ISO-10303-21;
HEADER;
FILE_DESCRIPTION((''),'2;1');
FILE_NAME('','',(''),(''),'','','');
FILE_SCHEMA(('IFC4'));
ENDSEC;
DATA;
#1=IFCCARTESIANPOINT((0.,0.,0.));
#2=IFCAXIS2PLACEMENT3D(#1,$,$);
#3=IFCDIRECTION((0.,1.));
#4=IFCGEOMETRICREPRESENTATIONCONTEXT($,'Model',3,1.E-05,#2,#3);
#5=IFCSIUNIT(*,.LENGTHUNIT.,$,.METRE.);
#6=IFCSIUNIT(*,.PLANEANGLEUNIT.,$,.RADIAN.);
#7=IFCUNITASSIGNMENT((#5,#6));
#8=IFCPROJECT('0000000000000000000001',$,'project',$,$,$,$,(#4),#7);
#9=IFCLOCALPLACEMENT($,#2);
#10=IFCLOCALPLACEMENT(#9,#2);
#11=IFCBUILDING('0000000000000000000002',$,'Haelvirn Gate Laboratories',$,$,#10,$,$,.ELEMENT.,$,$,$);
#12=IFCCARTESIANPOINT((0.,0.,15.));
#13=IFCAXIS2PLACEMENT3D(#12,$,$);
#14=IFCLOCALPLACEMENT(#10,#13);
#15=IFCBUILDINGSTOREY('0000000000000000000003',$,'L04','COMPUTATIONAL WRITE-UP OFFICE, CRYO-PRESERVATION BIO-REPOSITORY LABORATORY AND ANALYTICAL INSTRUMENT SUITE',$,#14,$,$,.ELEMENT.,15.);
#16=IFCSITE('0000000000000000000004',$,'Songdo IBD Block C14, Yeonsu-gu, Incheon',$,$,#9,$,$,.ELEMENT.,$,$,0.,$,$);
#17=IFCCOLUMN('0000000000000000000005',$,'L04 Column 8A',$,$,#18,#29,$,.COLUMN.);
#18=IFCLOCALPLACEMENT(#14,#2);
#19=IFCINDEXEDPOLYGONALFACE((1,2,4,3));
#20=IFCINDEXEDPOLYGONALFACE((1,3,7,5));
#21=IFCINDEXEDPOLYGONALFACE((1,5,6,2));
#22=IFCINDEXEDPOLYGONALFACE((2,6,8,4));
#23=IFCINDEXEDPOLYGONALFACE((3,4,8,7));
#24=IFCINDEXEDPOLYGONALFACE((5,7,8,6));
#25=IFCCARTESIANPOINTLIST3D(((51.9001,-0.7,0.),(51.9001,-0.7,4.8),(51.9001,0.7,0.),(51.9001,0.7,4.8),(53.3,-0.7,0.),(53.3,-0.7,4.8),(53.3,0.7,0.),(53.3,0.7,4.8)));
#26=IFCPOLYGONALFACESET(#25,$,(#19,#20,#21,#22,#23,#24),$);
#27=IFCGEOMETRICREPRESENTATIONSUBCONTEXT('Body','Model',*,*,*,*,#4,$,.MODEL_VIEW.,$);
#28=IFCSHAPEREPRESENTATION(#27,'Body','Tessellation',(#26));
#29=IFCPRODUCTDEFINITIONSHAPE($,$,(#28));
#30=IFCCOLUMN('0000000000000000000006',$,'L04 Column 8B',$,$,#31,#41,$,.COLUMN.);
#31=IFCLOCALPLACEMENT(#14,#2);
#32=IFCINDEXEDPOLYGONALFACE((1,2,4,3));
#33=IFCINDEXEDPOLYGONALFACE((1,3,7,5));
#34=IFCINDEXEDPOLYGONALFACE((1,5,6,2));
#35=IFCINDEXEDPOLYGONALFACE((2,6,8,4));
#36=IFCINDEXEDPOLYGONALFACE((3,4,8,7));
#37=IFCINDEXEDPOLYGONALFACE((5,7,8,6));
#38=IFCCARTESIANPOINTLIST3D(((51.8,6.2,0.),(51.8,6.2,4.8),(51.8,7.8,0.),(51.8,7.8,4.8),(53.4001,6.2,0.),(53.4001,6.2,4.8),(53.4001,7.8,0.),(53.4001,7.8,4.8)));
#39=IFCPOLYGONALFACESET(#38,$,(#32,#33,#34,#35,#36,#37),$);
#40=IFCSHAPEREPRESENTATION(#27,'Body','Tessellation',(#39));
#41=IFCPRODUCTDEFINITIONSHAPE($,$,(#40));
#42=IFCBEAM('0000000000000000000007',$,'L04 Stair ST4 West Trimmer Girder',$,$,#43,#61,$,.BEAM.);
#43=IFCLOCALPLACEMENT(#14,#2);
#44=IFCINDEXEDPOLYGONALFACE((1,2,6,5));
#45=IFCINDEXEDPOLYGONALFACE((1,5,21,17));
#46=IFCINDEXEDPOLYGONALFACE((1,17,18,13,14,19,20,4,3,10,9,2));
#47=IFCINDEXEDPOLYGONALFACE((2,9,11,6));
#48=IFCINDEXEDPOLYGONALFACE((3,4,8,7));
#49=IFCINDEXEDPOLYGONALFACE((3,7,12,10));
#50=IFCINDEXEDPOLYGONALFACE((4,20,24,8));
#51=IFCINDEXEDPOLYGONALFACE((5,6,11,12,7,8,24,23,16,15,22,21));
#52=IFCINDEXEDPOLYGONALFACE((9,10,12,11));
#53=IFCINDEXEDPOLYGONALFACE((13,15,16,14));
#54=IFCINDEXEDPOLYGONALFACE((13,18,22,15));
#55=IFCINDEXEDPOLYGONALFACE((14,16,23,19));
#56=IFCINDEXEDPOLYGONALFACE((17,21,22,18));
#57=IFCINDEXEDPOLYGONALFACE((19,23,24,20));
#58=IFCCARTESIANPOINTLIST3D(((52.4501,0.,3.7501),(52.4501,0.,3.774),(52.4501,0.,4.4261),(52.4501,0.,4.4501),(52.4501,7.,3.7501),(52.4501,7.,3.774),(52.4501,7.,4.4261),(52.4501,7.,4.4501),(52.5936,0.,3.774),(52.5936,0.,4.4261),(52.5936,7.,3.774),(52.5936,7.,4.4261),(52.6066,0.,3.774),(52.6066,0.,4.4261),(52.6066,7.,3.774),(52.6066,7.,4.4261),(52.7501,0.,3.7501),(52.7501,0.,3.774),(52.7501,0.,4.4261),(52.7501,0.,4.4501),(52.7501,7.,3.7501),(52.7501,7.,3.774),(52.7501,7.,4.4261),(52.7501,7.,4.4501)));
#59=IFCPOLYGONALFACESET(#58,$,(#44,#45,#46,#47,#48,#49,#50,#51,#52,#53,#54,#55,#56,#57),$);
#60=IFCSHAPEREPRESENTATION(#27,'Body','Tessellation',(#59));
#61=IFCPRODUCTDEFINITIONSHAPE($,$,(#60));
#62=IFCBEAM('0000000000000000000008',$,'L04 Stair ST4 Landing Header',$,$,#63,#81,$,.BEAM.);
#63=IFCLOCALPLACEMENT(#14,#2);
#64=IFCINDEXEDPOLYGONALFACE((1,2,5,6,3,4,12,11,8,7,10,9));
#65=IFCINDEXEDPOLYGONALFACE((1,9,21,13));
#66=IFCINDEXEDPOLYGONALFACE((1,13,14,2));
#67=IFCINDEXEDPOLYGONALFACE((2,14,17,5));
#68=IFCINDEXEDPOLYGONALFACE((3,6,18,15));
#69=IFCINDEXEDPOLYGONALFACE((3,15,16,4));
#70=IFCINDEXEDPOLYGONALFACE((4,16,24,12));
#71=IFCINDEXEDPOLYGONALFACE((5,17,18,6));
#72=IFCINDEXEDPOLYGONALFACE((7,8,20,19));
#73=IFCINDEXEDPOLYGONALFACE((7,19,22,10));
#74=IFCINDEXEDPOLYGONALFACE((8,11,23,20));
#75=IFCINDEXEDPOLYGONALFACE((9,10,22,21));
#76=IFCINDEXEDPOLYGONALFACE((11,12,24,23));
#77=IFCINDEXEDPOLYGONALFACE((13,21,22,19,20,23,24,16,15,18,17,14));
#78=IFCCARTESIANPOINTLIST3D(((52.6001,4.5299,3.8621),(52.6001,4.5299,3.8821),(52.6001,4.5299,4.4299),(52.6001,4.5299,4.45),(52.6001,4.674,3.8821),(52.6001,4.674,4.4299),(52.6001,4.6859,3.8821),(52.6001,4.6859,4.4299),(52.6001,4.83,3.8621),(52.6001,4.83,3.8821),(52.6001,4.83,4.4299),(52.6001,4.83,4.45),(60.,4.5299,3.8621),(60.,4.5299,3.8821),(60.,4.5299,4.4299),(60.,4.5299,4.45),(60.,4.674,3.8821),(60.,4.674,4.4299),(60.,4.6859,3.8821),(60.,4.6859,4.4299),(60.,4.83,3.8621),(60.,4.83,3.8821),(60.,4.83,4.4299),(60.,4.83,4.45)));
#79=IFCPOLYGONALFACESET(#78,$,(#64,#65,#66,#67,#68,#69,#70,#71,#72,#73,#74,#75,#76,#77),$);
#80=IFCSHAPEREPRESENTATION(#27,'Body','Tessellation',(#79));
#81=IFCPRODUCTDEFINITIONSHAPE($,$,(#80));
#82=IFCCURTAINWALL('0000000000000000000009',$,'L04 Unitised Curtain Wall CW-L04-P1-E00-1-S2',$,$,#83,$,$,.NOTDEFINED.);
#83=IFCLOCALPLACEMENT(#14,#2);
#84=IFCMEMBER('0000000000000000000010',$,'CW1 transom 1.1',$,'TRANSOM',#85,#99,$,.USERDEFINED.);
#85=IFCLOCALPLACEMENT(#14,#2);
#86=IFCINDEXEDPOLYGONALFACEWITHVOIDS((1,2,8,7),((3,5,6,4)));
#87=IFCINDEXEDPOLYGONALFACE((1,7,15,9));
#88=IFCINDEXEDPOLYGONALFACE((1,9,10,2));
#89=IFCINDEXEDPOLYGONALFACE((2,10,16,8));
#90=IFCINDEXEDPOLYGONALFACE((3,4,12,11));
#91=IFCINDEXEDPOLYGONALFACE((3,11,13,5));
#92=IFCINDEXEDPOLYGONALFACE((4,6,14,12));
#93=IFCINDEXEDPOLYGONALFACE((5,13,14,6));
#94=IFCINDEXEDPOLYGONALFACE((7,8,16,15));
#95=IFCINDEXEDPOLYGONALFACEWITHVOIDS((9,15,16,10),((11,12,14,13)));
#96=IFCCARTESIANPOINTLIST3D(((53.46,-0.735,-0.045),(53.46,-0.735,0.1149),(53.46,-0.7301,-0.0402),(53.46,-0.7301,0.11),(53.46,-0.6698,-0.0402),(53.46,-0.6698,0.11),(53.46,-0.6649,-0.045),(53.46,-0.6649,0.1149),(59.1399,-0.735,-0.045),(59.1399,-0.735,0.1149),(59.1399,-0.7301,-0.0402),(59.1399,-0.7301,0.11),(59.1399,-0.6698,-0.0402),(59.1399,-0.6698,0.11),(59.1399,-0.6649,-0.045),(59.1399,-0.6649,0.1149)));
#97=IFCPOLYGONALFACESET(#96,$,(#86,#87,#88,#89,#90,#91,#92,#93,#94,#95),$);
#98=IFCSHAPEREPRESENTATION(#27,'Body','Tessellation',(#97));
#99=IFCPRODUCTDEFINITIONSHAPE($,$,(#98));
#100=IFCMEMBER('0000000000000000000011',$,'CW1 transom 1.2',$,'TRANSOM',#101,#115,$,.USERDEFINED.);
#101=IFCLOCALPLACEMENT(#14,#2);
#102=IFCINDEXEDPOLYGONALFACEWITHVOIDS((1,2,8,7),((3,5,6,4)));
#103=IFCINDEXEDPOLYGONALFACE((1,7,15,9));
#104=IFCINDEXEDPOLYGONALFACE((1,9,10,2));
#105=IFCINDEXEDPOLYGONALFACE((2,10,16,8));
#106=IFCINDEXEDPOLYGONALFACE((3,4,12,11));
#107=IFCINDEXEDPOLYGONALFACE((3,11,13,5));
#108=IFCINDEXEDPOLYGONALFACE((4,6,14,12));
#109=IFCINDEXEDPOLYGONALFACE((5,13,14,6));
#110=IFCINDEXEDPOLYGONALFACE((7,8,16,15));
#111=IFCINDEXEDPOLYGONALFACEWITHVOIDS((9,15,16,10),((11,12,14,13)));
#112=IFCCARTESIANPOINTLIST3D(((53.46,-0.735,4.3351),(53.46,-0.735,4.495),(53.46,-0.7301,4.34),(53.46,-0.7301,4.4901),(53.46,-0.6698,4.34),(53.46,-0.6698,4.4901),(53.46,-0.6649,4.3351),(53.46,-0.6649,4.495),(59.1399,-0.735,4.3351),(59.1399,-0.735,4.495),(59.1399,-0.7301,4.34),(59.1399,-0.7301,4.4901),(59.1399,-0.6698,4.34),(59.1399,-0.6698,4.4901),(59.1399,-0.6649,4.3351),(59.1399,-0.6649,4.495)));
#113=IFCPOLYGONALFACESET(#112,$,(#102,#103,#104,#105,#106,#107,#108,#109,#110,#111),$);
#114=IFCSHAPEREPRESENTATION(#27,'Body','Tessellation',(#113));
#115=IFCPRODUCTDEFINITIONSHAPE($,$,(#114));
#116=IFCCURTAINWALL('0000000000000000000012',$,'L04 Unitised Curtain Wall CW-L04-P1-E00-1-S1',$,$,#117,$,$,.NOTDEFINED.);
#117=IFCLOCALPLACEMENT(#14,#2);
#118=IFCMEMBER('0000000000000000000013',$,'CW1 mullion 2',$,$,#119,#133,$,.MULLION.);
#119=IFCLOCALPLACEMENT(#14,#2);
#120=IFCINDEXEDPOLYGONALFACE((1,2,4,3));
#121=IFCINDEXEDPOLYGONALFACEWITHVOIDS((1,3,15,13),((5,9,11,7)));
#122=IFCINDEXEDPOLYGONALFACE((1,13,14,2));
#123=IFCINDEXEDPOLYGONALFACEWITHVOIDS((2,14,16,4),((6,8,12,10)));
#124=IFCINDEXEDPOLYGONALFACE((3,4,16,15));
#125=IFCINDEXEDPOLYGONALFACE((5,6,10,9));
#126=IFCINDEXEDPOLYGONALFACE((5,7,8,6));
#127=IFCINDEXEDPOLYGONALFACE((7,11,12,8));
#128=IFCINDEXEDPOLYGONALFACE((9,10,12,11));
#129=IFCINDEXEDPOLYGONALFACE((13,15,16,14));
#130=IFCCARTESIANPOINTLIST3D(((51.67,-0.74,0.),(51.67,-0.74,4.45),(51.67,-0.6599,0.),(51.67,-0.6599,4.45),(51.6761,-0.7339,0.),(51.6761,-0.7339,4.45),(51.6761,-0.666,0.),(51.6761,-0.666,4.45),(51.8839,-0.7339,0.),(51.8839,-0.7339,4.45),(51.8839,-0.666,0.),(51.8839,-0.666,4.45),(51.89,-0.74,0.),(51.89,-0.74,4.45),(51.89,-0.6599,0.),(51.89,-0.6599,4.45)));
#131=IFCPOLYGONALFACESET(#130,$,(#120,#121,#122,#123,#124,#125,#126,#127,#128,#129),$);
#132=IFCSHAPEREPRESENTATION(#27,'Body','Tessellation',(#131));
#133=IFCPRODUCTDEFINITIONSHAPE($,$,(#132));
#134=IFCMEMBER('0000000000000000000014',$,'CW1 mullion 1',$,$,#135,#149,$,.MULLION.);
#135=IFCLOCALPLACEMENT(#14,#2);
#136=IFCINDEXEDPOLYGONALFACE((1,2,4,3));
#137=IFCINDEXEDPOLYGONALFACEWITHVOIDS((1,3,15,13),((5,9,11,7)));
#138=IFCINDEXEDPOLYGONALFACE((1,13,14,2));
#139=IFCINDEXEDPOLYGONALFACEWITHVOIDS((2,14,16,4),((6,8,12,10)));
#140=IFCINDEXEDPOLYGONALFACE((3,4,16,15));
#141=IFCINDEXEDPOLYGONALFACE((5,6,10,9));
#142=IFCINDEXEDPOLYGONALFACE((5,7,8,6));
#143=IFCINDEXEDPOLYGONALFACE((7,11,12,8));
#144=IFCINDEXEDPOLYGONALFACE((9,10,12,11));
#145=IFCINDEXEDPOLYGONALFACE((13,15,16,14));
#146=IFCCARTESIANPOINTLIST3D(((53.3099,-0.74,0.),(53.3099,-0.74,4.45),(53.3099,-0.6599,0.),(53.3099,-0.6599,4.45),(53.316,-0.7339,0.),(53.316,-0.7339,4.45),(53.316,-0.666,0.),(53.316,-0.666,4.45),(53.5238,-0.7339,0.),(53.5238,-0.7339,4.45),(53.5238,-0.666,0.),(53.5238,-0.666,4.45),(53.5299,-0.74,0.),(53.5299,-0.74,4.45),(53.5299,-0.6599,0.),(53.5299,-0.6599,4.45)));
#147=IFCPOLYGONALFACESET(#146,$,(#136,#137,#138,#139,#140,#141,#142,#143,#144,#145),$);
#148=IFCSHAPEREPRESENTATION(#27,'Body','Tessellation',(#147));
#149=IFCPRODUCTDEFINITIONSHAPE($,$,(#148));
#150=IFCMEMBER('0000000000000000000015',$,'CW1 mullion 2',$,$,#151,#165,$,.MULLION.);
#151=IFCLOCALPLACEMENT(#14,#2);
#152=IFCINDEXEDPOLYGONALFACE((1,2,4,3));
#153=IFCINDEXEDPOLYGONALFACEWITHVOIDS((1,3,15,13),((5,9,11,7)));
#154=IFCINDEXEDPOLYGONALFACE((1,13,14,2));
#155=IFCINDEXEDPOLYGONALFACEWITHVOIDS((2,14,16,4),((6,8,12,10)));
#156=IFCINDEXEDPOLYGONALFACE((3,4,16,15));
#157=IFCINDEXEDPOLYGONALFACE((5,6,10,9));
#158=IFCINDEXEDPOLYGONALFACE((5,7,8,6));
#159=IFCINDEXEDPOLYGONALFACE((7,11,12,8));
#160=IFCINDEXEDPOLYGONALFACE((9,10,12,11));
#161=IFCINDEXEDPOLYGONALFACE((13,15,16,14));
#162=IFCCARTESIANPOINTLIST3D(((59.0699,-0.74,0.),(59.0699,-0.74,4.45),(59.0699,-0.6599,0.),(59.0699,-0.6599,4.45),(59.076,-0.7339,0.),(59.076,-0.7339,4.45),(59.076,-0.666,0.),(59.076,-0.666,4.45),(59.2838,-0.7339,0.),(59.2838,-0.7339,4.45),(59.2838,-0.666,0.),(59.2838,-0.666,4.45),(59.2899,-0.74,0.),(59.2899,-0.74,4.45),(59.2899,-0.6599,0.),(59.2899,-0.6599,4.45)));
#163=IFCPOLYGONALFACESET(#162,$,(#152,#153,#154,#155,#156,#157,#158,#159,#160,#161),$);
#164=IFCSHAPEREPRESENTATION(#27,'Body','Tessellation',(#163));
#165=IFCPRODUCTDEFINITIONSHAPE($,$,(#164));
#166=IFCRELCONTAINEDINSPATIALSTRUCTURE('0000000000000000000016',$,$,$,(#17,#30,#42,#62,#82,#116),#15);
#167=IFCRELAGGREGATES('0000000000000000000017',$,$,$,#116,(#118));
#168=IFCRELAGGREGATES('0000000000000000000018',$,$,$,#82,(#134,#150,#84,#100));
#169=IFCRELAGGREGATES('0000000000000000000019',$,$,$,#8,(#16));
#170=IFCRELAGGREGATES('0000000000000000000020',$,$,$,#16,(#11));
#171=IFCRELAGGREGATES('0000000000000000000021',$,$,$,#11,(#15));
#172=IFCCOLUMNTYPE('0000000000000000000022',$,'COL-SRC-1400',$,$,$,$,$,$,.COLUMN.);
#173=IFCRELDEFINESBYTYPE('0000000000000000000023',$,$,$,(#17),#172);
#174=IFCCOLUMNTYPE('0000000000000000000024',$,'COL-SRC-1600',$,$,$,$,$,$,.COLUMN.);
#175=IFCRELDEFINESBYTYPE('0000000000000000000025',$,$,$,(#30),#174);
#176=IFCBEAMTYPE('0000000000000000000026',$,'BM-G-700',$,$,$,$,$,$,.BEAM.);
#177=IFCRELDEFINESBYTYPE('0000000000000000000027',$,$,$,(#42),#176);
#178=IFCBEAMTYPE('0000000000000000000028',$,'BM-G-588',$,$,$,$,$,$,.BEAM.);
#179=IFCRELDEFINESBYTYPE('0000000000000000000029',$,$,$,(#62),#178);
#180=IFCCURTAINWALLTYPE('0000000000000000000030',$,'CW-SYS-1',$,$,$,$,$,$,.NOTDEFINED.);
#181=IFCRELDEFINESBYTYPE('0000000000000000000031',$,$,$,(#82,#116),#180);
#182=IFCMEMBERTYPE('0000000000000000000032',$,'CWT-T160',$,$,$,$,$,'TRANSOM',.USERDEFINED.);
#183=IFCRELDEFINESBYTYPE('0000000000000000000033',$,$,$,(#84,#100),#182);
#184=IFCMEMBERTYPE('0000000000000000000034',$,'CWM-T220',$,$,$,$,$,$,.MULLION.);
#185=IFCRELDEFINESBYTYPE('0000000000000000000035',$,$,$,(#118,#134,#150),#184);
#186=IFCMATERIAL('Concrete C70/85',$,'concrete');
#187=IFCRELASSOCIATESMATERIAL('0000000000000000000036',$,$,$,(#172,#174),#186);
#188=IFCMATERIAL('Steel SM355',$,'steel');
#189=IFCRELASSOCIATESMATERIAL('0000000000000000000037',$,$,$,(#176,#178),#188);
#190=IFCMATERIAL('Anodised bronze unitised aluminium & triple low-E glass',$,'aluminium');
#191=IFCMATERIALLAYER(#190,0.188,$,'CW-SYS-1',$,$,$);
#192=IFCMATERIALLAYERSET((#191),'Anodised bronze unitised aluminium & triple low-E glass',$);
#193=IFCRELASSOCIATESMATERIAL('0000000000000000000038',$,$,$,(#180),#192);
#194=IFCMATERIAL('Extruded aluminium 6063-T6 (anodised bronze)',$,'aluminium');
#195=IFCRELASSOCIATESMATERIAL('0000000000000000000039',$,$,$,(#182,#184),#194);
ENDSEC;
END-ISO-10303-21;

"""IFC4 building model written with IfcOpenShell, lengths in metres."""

from ifc_helpers import new_model, si_unit, direction, frame, origin, origin_2d, place, context, subcontext, project, spatial, rectangle, hollow_rectangle, i_section, extrude, source, transform, mapped, material, layer, layer_set, material_profile, profile_set, type_object, type_shapes, element, aggregate, save


model = new_model("IFC4")

# Units and contexts
model_context = context("Model", 3, precision=1e-05, world=origin(), true_north=direction((0.0, 1.0)))
body_context = subcontext(model_context, "Body", "Model", "MODEL_VIEW")
ifc_project = project(units=[si_unit("LENGTHUNIT", "METRE"), si_unit("PLANEANGLEUNIT", "RADIAN")], contexts=[model_context])

# Site, building, storey
site_placement = place(None, origin())
site = spatial("IfcSite", under=ifc_project, at=site_placement, Name="Songdo IBD Block C14, Yeonsu-gu, Incheon", CompositionType="ELEMENT", RefElevation=0.0)
building_placement = place(site_placement, origin())
building = spatial("IfcBuilding", under=site, at=building_placement, Name="Haelvirn Gate Laboratories", CompositionType="ELEMENT")
storey_placement = place(building_placement, frame((0.0, 0.0, 15.0)))
storey = spatial("IfcBuildingStorey", under=building, at=storey_placement, Name="L04", Description="COMPUTATIONAL WRITE-UP OFFICE, CRYO-PRESERVATION BIO-REPOSITORY LABORATORY AND ANALYTICAL INSTRUMENT SUITE", CompositionType="ELEMENT", Elevation=15.0)

# Columns
ifc_material_1 = material(Name="Concrete C70/85", Category="concrete")
ifc_material_profile_1 = material_profile(ifc_material_1, rectangle(XDim=1.3999, YDim=1.3999, at=origin_2d()), Name="SRC-1400x1400")
ifc_profile_set_1 = profile_set([ifc_material_profile_1], Name="Concrete C70/85")
column_type_1 = type_object("IfcColumnType", Name="COL-SRC-1400", PredefinedType="COLUMN", material=ifc_profile_set_1)
shared_shape_1 = source(origin(), body_context, "Body", "SweptSolid", [
    extrude(rectangle(XDim=1.3999, YDim=1.3999, at=origin_2d()), origin(), (0.0, 0.0, 1.0), 4.8),
])
type_shapes(column_type_1, [shared_shape_1])
column_1_placement = place(storey_placement, frame((52.6001, 0.0, 0.0), z_axis=(0.0, 0.0, 1.0), x_axis=(1.0, 0.0, 0.0)))
element("IfcColumn", 1, at=column_1_placement, inside=storey, type_object=column_type_1, Name="L04 Column 8A", PredefinedType="COLUMN", context=body_context, shape_type="MappedRepresentation", body=[
    mapped(shared_shape_1, transform((0.0, 0.0, 0.0), scale=1.0)),
])
ifc_material_profile_2 = material_profile(ifc_material_1, rectangle(XDim=1.6001, YDim=1.6001, at=origin_2d()), Name="SRC-1600x1600")
ifc_profile_set_2 = profile_set([ifc_material_profile_2], Name="Concrete C70/85")
column_type_2 = type_object("IfcColumnType", Name="COL-SRC-1600", PredefinedType="COLUMN", material=ifc_profile_set_2)
shared_shape_2 = source(origin(), body_context, "Body", "SweptSolid", [
    extrude(rectangle(XDim=1.6001, YDim=1.6001, at=origin_2d()), origin(), (0.0, 0.0, 1.0), 4.8),
])
type_shapes(column_type_2, [shared_shape_2])
column_2_placement = place(storey_placement, frame((52.6001, 7.0, 0.0), z_axis=(0.0, 0.0, 1.0), x_axis=(1.0, 0.0, 0.0)))
element("IfcColumn", 2, at=column_2_placement, inside=storey, type_object=column_type_2, Name="L04 Column 8B", PredefinedType="COLUMN", context=body_context, shape_type="MappedRepresentation", body=[
    mapped(shared_shape_2, transform((0.0, 0.0, 0.0), scale=1.0)),
])

# Beams
ifc_material_2 = material(Name="Steel SM355", Category="steel")
ifc_material_profile_3 = material_profile(ifc_material_2, i_section(OverallWidth=0.3, OverallDepth=0.7, WebThickness=0.0129, FlangeThickness=0.0239, at=origin_2d()), Name="H-700x300x13x24")
ifc_profile_set_3 = profile_set([ifc_material_profile_3], Name="Steel SM355")
beam_type_1 = type_object("IfcBeamType", Name="BM-G-700", PredefinedType="BEAM", material=ifc_profile_set_3)
shared_shape_3 = source(origin(), body_context, "Body", "SweptSolid", [
    extrude(i_section(OverallWidth=0.3, OverallDepth=0.7, WebThickness=0.0129, FlangeThickness=0.0239, at=origin_2d()), origin(), (0.0, 0.0, 1.0), 7.0),
])
type_shapes(beam_type_1, [shared_shape_3])
beam_1_placement = place(storey_placement, frame((52.6001, 0.0, 4.1001), z_axis=(0.0, 1.0, 0.0), x_axis=(-1.0, 0.0, 0.0)))
element("IfcBeam", 3, at=beam_1_placement, inside=storey, type_object=beam_type_1, Name="L04 Stair ST4 West Trimmer Girder", PredefinedType="BEAM", context=body_context, shape_type="MappedRepresentation", body=[
    mapped(shared_shape_3, transform((0.0, 0.0, 0.0), scale=1.0)),
])
ifc_material_profile_4 = material_profile(ifc_material_2, i_section(OverallWidth=0.3, OverallDepth=0.5879, WebThickness=0.012, FlangeThickness=0.02, at=origin_2d()), Name="H-588x300x12x20")
ifc_profile_set_4 = profile_set([ifc_material_profile_4], Name="Steel SM355")
beam_type_2 = type_object("IfcBeamType", Name="BM-G-588", PredefinedType="BEAM", material=ifc_profile_set_4)
shared_shape_4 = source(origin(), body_context, "Body", "SweptSolid", [
    extrude(i_section(OverallWidth=0.3, OverallDepth=0.5879, WebThickness=0.012, FlangeThickness=0.02, at=origin_2d()), origin(), (0.0, 0.0, 1.0), 7.3999),
])
type_shapes(beam_type_2, [shared_shape_4])
beam_2_placement = place(storey_placement, frame((52.6001, 4.6799, 4.156), z_axis=(1.0, 0.0, 0.0), x_axis=(0.0, 1.0, 0.0)))
element("IfcBeam", 4, at=beam_2_placement, inside=storey, type_object=beam_type_2, Name="L04 Stair ST4 Landing Header", PredefinedType="BEAM", context=body_context, shape_type="MappedRepresentation", body=[
    mapped(shared_shape_4, transform((0.0, 0.0, 0.0), scale=1.0)),
])

# Curtain wall, members
ifc_material_3 = material(Name="Anodised bronze unitised aluminium & triple low-E glass", Category="aluminium")
ifc_layer_1 = layer(ifc_material_3, 0.188, Name="CW-SYS-1")
ifc_layer_set_1 = layer_set([ifc_layer_1], Name="Anodised bronze unitised aluminium & triple low-E glass")
curtain_wall_type = type_object("IfcCurtainWallType", Name="CW-SYS-1", PredefinedType="NOTDEFINED", material=ifc_layer_set_1)
curtain_wall_1_placement = place(storey_placement, origin())
curtain_wall_1 = element("IfcCurtainWall", 5, at=curtain_wall_1_placement, inside=storey, type_object=curtain_wall_type, Name="L04 Unitised Curtain Wall CW-L04-P1-E00-1-S2", PredefinedType="NOTDEFINED")
ifc_material_4 = material(Name="Extruded aluminium 6063-T6 (anodised bronze)", Category="aluminium")
ifc_material_profile_5 = material_profile(ifc_material_4, hollow_rectangle(XDim=0.0701, YDim=0.1599, WallThickness=0.0049, at=origin_2d()), Name="CWT-160x70x5")
ifc_profile_set_5 = profile_set([ifc_material_profile_5], Name="Extruded aluminium 6063-T6 (anodised bronze)")
member_type_1 = type_object("IfcMemberType", Name="CWT-T160", ElementType="TRANSOM", PredefinedType="USERDEFINED", material=ifc_profile_set_5)
shared_shape_5 = source(origin(), body_context, "Body", "SweptSolid", [
    extrude(hollow_rectangle(XDim=0.0701, YDim=0.1599, WallThickness=0.0049, at=origin_2d()), origin(), (0.0, 0.0, 1.0), 5.6799),
])
type_shapes(member_type_1, [shared_shape_5])
member_1_placement = place(storey_placement, frame((53.46, -0.7, 0.0349), z_axis=(1.0, 0.0, 0.0), x_axis=(0.0, 1.0, 0.0)))
member_1 = element("IfcMember", 6, at=member_1_placement, type_object=member_type_1, Name="CW1 transom 1.1", ObjectType="TRANSOM", PredefinedType="USERDEFINED", context=body_context, shape_type="MappedRepresentation", body=[
    mapped(shared_shape_5, transform((0.0, 0.0, 0.0), scale=1.0)),
])
member_2_placement = place(storey_placement, frame((53.46, -0.7, 4.415), z_axis=(1.0, 0.0, 0.0), x_axis=(0.0, 1.0, 0.0)))
member_2 = element("IfcMember", 7, at=member_2_placement, type_object=member_type_1, Name="CW1 transom 1.2", ObjectType="TRANSOM", PredefinedType="USERDEFINED", context=body_context, shape_type="MappedRepresentation", body=[
    mapped(shared_shape_5, transform((0.0, 0.0, 0.0), scale=1.0)),
])

# Curtain wall, member
curtain_wall_2_placement = place(storey_placement, origin())
curtain_wall_2 = element("IfcCurtainWall", 8, at=curtain_wall_2_placement, inside=storey, type_object=curtain_wall_type, Name="L04 Unitised Curtain Wall CW-L04-P1-E00-1-S1", PredefinedType="NOTDEFINED")
ifc_material_profile_6 = material_profile(ifc_material_4, hollow_rectangle(XDim=0.0801, YDim=0.22, WallThickness=0.0061, at=origin_2d()), Name="CWM-220x80x6")
ifc_profile_set_6 = profile_set([ifc_material_profile_6], Name="Extruded aluminium 6063-T6 (anodised bronze)")
member_type_2 = type_object("IfcMemberType", Name="CWM-T220", PredefinedType="MULLION", material=ifc_profile_set_6)
shared_shape_6 = source(origin(), body_context, "Body", "SweptSolid", [
    extrude(hollow_rectangle(XDim=0.0801, YDim=0.22, WallThickness=0.0061, at=origin_2d()), origin(), (0.0, 0.0, 1.0), 4.45),
])
type_shapes(member_type_2, [shared_shape_6])
member_3_placement = place(storey_placement, frame((51.78, -0.7, 0.0), z_axis=(0.0, 0.0, 1.0), x_axis=(0.0, 1.0, 0.0)))
member_3 = element("IfcMember", 9, at=member_3_placement, type_object=member_type_2, Name="CW1 mullion 2", PredefinedType="MULLION", context=body_context, shape_type="MappedRepresentation", body=[
    mapped(shared_shape_6, transform((0.0, 0.0, 0.0), scale=1.0)),
])

# Members
member_4_placement = place(storey_placement, frame((53.4199, -0.7, 0.0), z_axis=(0.0, 0.0, 1.0), x_axis=(0.0, 1.0, 0.0)))
member_4 = element("IfcMember", 10, at=member_4_placement, type_object=member_type_2, Name="CW1 mullion 1", PredefinedType="MULLION", context=body_context, shape_type="MappedRepresentation", body=[
    mapped(shared_shape_6, transform((0.0, 0.0, 0.0), scale=1.0)),
])
member_5_placement = place(storey_placement, frame((59.1799, -0.7, 0.0), z_axis=(0.0, 0.0, 1.0), x_axis=(0.0, 1.0, 0.0)))
member_5 = element("IfcMember", 11, at=member_5_placement, type_object=member_type_2, Name="CW1 mullion 2", PredefinedType="MULLION", context=body_context, shape_type="MappedRepresentation", body=[
    mapped(shared_shape_6, transform((0.0, 0.0, 0.0), scale=1.0)),
])

aggregate(curtain_wall_2, [member_3])
aggregate(curtain_wall_1, [member_4, member_5, member_1, member_2])

save(model, "model.ifc")
